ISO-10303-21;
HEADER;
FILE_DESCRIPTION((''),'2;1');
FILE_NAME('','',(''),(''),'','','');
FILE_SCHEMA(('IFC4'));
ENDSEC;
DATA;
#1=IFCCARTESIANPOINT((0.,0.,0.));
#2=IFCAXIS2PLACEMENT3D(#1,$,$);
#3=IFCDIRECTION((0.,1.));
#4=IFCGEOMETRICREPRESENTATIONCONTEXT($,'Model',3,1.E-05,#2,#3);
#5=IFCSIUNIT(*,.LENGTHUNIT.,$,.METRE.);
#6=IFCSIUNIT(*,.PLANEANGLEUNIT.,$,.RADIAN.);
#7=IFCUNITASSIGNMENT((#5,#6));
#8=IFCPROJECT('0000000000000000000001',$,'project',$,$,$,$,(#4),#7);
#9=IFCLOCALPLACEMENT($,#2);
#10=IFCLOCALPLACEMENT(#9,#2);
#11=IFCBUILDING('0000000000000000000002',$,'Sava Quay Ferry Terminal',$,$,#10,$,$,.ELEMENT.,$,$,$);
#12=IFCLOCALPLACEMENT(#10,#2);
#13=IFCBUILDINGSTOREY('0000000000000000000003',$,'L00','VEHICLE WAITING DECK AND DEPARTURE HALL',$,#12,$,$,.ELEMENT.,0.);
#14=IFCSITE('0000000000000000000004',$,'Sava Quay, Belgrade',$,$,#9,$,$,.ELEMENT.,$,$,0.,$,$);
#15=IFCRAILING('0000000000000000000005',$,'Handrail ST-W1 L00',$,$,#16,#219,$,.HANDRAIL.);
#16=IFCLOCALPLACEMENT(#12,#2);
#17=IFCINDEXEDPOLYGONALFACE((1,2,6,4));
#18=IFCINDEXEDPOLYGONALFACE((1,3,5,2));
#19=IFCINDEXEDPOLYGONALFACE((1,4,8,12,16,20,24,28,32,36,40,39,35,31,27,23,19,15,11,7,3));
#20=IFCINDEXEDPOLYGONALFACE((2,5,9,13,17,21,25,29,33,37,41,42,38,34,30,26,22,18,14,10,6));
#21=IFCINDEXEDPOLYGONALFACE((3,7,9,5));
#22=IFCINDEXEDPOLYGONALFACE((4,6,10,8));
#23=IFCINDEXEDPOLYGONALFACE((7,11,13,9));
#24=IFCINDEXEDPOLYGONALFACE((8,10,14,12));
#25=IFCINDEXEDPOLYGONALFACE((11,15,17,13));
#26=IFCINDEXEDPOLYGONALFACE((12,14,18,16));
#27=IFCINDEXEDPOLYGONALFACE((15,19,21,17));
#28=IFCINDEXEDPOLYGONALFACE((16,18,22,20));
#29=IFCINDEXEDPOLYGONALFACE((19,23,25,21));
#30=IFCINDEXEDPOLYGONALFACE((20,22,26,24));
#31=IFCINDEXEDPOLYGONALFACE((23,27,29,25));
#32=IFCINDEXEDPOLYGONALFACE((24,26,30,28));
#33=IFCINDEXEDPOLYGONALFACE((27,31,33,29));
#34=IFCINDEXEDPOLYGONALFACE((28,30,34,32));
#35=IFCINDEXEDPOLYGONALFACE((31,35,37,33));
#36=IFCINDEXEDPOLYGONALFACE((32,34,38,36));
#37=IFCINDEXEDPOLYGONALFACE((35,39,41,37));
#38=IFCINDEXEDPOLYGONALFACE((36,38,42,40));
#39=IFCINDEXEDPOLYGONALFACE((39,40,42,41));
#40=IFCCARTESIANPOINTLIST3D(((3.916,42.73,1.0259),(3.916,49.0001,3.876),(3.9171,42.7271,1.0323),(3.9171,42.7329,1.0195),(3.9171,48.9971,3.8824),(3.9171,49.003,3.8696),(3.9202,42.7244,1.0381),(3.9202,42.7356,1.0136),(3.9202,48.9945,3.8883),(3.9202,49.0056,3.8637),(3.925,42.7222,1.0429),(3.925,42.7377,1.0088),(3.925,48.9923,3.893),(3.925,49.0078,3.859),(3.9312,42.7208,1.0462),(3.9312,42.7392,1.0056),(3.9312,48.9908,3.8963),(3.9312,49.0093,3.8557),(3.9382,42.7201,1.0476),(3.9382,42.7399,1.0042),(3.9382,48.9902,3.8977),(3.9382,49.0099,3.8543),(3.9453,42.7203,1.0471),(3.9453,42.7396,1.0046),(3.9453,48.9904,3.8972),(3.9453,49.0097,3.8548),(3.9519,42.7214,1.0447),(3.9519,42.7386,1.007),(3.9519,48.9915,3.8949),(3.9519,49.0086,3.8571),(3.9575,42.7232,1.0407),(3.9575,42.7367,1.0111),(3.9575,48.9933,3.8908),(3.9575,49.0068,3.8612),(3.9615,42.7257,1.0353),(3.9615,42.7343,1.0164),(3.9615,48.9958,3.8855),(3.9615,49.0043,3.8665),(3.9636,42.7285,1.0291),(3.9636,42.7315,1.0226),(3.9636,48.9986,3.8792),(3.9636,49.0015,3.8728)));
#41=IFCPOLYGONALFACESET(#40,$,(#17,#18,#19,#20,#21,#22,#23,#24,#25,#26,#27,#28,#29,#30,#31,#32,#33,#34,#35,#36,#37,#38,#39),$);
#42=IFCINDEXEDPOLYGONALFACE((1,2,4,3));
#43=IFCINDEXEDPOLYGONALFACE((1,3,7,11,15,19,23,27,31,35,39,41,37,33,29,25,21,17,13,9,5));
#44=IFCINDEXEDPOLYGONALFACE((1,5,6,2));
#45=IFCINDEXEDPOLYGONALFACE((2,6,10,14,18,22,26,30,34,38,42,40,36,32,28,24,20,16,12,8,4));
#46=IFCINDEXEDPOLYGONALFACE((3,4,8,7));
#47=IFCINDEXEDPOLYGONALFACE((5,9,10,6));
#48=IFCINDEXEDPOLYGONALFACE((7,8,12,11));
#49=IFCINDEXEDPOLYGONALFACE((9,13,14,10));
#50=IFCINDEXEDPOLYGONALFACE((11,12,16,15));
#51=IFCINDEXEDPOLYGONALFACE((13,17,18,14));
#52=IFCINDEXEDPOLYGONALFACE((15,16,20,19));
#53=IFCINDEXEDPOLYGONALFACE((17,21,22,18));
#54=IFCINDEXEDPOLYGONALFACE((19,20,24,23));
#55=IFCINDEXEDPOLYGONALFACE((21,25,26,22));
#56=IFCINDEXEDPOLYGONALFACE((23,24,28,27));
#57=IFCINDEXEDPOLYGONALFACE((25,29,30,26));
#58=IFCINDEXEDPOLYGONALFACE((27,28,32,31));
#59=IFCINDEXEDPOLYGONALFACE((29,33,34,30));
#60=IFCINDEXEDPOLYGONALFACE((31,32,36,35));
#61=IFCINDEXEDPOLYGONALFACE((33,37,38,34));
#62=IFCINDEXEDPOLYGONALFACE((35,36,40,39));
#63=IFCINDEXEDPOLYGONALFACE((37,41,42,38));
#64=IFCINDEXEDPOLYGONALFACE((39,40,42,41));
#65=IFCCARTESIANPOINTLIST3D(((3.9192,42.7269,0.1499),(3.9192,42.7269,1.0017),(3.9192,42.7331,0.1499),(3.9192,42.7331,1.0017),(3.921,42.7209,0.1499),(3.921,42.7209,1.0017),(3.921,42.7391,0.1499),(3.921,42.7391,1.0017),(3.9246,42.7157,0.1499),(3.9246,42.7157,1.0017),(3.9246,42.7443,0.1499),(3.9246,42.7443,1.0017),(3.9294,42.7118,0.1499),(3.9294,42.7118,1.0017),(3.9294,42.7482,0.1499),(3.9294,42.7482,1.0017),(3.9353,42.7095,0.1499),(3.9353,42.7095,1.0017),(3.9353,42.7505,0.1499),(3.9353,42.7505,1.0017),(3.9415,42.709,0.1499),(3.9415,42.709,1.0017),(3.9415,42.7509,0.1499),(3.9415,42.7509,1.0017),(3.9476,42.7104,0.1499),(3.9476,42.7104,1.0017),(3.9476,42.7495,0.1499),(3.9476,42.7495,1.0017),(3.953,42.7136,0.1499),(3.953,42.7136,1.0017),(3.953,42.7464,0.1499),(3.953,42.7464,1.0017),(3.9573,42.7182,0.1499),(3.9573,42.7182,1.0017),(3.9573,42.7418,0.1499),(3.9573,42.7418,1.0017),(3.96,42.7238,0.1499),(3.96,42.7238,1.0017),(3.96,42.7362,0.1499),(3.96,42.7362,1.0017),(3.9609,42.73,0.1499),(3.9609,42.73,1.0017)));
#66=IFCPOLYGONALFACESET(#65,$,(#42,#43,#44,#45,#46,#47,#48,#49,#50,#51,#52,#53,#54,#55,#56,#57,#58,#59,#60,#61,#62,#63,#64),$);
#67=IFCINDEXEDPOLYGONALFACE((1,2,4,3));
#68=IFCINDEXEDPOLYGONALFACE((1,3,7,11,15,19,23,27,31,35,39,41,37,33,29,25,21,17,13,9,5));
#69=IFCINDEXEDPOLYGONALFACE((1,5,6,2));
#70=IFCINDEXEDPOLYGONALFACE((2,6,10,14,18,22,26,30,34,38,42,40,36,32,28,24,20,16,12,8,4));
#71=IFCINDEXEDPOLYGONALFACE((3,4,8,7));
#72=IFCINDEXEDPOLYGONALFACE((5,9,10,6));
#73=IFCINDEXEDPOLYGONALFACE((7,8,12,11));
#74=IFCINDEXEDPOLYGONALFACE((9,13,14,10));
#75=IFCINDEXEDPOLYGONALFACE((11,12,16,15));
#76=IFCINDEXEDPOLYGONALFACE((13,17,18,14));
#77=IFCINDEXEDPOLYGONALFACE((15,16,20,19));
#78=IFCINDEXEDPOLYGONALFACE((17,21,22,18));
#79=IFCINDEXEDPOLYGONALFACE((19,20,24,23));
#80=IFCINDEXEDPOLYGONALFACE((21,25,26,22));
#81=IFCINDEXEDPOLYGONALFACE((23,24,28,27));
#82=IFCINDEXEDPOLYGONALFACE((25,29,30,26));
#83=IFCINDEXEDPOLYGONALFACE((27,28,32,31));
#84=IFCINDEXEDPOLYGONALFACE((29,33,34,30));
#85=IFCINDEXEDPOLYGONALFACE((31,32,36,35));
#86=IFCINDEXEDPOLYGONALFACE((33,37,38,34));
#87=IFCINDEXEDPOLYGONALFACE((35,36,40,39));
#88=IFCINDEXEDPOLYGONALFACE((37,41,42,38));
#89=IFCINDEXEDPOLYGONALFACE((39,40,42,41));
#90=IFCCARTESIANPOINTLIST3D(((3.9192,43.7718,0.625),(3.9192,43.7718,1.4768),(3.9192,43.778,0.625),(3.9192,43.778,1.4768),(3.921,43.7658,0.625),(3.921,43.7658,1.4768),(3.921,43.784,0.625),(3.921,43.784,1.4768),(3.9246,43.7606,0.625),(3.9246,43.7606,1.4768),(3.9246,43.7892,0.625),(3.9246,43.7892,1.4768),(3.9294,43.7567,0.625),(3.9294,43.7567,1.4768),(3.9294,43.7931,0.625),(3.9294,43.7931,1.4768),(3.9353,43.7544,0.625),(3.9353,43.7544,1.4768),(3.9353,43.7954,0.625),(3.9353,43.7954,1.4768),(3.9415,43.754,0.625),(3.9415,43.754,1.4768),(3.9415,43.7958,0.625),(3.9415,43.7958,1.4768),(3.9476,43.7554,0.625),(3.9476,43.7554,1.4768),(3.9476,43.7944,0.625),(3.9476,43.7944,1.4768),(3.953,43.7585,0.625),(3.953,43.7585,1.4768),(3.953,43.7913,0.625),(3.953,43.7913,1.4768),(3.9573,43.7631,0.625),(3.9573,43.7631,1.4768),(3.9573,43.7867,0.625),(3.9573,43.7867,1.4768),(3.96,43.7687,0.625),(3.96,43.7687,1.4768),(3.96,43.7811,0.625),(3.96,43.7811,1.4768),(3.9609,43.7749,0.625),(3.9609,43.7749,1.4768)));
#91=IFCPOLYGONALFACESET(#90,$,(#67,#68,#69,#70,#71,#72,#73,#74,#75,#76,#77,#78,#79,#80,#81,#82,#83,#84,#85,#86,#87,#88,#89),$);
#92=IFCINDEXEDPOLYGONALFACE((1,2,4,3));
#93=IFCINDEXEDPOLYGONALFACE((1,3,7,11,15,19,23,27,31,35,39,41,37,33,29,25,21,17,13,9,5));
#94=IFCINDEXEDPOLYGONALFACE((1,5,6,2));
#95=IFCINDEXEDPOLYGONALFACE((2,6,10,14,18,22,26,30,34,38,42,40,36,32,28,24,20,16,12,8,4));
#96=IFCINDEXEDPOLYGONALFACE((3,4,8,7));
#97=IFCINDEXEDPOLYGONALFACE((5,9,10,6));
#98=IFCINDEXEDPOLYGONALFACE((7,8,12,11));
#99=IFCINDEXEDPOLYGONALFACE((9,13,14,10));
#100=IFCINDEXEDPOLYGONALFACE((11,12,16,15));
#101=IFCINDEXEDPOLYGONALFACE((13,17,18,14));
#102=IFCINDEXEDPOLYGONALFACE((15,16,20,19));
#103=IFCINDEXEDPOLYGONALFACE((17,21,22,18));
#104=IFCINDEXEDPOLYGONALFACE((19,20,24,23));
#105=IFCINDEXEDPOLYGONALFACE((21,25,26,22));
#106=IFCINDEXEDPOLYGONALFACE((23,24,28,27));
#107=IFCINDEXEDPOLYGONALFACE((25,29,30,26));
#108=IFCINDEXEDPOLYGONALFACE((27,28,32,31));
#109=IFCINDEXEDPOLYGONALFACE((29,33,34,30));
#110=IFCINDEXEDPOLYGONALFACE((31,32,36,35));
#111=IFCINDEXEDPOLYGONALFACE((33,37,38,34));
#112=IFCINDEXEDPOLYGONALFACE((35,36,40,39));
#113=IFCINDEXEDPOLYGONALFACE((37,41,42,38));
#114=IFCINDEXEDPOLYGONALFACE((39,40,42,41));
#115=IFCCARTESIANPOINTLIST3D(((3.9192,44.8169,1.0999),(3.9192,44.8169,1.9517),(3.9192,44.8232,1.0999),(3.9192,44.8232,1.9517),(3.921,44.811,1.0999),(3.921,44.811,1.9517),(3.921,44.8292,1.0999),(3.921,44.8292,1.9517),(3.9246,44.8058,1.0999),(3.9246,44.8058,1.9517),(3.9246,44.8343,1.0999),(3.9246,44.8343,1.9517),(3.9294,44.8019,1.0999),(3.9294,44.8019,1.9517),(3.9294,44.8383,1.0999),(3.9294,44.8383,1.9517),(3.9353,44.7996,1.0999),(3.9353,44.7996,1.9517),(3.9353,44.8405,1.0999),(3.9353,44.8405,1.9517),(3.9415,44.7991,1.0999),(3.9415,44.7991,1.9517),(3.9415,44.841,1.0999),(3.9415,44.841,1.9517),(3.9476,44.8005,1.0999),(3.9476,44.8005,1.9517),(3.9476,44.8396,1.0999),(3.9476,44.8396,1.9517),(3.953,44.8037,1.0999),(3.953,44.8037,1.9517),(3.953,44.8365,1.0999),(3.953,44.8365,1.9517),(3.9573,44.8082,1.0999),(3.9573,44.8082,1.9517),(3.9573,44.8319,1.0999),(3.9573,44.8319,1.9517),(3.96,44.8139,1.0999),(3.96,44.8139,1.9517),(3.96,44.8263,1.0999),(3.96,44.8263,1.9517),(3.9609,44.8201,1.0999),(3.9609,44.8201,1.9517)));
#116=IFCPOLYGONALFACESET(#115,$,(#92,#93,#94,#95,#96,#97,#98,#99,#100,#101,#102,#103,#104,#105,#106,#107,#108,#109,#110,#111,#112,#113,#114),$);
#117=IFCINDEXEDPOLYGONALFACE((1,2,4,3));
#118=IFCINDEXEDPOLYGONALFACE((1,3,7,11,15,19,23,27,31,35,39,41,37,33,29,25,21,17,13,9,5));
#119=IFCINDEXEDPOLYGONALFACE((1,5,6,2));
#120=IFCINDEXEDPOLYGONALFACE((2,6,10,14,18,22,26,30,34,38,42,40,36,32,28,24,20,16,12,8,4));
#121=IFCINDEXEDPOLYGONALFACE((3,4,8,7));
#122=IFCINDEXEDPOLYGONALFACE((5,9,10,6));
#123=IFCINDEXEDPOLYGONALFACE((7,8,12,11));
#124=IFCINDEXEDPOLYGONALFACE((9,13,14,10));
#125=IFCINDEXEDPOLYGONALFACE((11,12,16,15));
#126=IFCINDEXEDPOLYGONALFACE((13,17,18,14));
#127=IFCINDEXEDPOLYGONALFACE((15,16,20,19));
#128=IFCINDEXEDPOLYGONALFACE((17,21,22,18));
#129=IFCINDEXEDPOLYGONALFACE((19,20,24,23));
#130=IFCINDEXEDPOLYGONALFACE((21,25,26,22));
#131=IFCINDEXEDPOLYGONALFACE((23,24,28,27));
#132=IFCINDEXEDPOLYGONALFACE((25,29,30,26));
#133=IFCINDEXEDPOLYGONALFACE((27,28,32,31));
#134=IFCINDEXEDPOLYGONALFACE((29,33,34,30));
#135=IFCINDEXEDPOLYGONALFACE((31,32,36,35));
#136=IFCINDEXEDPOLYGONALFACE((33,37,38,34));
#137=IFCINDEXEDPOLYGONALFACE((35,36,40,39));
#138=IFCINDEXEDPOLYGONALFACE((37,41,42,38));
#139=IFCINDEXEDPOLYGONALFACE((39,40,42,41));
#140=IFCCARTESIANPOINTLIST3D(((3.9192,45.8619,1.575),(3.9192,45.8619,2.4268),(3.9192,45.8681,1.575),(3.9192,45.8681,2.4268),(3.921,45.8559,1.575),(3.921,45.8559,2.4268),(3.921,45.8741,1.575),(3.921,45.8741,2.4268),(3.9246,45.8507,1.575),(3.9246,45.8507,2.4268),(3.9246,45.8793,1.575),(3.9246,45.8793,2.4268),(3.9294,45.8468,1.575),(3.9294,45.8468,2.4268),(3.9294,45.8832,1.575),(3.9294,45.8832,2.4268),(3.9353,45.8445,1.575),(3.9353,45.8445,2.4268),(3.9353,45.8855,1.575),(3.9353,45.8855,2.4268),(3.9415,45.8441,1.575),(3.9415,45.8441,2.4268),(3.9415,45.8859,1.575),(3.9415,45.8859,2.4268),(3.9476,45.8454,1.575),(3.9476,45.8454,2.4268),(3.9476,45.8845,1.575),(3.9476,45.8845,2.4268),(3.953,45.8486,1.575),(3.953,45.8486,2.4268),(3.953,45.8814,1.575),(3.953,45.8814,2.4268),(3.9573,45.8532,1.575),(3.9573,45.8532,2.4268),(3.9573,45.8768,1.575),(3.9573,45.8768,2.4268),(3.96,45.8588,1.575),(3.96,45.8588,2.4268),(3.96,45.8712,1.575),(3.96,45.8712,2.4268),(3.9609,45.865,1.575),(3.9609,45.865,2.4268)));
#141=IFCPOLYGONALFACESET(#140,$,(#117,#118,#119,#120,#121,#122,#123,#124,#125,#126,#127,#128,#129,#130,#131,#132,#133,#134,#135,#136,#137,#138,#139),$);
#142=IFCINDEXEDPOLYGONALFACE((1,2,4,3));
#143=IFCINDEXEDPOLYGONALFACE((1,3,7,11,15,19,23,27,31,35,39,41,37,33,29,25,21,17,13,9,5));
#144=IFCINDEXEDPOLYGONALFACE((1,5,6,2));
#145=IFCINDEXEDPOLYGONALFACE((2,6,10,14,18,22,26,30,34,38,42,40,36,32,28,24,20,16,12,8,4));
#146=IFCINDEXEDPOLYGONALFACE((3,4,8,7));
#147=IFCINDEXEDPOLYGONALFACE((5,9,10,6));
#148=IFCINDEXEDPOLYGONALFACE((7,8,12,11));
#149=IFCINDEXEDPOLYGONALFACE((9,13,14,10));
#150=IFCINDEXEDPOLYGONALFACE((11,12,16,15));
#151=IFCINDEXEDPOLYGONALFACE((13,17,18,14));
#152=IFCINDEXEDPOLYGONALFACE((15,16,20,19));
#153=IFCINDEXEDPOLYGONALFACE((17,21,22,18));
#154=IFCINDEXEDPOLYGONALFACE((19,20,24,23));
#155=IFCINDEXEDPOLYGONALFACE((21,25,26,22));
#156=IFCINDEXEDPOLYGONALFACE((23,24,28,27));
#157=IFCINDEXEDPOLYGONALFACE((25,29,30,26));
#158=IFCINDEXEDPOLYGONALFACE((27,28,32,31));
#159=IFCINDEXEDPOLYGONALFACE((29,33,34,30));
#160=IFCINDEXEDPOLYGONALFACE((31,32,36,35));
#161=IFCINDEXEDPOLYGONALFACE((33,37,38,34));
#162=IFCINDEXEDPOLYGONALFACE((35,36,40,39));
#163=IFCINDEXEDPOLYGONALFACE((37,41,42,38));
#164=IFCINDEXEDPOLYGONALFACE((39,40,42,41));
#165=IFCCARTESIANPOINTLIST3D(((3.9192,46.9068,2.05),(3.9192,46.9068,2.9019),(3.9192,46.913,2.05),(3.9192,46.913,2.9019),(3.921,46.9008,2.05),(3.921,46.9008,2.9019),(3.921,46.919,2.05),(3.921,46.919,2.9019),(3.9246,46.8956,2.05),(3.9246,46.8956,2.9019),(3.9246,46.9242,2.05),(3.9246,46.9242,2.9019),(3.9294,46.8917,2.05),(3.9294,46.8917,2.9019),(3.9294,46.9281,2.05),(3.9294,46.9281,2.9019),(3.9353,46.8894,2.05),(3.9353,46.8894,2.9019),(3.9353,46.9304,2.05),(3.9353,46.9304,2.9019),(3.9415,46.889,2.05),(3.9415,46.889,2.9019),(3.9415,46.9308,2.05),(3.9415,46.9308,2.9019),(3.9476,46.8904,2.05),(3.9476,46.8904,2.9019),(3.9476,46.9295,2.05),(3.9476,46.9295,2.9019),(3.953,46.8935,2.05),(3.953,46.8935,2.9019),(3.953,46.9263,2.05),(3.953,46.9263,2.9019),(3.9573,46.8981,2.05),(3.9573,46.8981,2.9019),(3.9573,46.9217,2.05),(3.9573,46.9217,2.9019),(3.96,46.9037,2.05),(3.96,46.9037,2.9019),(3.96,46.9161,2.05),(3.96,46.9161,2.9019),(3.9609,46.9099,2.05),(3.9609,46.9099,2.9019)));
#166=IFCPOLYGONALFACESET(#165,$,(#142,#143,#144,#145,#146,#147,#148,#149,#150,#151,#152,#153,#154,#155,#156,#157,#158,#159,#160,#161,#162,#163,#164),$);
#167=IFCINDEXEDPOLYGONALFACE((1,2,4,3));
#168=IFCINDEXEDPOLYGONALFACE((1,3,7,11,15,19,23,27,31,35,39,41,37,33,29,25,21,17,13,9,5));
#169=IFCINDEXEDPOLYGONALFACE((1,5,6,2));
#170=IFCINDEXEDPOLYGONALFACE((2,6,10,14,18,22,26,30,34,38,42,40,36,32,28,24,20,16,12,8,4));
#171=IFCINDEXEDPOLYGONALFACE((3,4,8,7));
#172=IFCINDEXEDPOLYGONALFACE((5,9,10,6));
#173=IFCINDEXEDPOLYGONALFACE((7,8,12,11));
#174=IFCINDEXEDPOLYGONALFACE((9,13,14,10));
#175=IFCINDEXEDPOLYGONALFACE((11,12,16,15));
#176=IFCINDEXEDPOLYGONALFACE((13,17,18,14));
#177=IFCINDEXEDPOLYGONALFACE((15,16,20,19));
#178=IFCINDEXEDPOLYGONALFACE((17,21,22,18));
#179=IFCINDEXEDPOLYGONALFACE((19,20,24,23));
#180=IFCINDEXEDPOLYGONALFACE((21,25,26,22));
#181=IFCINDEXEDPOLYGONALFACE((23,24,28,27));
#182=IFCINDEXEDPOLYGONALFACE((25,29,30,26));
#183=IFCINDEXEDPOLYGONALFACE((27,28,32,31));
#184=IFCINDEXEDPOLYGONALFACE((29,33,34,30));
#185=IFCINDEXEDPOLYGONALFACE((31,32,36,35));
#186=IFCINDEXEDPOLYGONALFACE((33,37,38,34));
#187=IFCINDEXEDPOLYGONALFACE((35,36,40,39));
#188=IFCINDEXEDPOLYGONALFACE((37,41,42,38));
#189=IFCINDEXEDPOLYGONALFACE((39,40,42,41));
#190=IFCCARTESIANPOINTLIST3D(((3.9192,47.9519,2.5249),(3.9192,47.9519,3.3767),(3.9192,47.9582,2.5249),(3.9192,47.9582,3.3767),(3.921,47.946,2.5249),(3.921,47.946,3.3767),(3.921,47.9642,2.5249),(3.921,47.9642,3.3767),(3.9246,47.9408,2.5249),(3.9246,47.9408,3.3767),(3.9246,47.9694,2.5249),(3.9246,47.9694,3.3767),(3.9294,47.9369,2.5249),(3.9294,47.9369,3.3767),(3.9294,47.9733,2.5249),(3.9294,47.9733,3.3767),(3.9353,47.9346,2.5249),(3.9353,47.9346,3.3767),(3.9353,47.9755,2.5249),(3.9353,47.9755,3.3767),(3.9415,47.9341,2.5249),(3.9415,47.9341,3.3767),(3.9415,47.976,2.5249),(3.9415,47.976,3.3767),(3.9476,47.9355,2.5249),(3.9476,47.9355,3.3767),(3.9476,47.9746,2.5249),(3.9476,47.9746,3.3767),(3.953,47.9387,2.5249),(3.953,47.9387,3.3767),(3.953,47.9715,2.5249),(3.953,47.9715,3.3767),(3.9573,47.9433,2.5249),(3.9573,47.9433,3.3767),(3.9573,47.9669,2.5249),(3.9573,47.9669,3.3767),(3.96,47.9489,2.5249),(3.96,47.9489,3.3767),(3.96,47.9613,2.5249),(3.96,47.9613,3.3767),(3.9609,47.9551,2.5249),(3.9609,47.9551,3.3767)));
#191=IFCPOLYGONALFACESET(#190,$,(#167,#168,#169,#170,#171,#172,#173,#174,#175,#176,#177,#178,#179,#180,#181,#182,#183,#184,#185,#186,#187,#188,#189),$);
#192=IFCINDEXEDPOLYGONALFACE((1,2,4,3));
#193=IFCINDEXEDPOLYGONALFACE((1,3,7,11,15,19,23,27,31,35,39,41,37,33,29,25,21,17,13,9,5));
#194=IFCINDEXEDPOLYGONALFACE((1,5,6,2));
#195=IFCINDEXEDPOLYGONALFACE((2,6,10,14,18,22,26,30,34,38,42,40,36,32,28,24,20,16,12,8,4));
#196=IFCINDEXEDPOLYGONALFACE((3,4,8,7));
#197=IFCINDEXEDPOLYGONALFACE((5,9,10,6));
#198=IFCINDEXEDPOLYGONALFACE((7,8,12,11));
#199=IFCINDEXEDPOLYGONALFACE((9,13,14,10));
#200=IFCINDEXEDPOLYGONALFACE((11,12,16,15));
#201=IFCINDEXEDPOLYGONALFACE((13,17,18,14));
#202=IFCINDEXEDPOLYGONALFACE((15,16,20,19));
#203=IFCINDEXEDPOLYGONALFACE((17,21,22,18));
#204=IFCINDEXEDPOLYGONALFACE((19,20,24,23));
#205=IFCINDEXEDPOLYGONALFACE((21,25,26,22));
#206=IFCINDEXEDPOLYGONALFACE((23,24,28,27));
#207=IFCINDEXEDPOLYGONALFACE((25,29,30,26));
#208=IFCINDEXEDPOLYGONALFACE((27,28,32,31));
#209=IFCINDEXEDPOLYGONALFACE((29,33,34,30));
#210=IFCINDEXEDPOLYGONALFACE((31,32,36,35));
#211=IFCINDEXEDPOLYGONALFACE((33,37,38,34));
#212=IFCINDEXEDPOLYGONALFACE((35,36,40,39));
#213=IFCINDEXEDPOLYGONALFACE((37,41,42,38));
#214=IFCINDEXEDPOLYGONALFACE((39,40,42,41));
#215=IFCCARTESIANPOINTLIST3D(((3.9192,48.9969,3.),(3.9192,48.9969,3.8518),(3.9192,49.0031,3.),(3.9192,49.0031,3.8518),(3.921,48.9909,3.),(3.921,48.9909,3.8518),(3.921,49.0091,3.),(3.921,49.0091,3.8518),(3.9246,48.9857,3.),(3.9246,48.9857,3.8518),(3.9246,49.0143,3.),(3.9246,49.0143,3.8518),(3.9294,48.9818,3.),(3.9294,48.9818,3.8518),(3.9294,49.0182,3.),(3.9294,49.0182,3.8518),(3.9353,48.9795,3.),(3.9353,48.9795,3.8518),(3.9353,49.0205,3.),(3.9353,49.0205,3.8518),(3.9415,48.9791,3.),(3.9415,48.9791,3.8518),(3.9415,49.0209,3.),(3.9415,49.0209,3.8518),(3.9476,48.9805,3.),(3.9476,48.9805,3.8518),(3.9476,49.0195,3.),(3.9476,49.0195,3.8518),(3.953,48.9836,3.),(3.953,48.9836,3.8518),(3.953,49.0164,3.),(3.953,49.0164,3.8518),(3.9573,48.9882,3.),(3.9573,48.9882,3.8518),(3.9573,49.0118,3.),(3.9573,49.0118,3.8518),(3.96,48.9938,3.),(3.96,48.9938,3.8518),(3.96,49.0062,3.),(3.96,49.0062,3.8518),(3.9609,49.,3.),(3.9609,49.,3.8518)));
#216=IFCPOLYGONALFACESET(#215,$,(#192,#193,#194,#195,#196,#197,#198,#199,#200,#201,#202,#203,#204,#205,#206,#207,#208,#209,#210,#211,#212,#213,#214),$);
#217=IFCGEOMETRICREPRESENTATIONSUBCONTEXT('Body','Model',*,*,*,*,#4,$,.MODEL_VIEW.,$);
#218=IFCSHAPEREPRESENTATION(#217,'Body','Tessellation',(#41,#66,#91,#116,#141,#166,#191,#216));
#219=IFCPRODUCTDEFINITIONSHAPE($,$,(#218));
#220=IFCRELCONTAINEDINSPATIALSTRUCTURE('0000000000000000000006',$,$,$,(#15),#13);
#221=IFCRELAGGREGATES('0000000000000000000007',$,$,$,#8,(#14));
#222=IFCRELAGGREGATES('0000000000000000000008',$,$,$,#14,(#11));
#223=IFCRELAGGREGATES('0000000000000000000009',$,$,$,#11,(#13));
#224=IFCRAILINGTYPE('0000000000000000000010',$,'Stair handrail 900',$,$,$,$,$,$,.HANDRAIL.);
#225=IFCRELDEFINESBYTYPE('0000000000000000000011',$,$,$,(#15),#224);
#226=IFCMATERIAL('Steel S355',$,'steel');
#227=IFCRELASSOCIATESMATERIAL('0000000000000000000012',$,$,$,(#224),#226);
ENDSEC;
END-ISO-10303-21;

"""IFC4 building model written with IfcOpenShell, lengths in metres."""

from ifc_helpers import new_model, si_unit, direction, frame, origin, origin_2d, place, context, subcontext, project, spatial, circle, extrude, material, type_object, element, save


model = new_model("IFC4")

# Units and contexts
model_context = context("Model", 3, precision=1e-05, world=origin(), true_north=direction((0.0, 1.0)))
body_context = subcontext(model_context, "Body", "Model", "MODEL_VIEW")
ifc_project = project(units=[si_unit("LENGTHUNIT", "METRE"), si_unit("PLANEANGLEUNIT", "RADIAN")], contexts=[model_context])

# Site, building, storey
site_placement = place(None, origin())
site = spatial("IfcSite", under=ifc_project, at=site_placement, Name="Sava Quay, Belgrade", CompositionType="ELEMENT", RefElevation=0.0)
building_placement = place(site_placement, origin())
building = spatial("IfcBuilding", under=site, at=building_placement, Name="Sava Quay Ferry Terminal", CompositionType="ELEMENT")
storey_placement = place(building_placement, origin())
storey = spatial("IfcBuildingStorey", under=building, at=storey_placement, Name="L00", Description="VEHICLE WAITING DECK AND DEPARTURE HALL", CompositionType="ELEMENT", Elevation=0.0)

# Railing
ifc_material_1 = material(Name="Steel S355", Category="steel")
railing_type_1 = type_object("IfcRailingType", Name="Stair handrail 900", PredefinedType="HANDRAIL", material=ifc_material_1)
railing_1_placement = place(storey_placement, frame((3.9399, 42.73, 0.1499)))
element("IfcRailing", 1, at=railing_1_placement, inside=storey, type_object=railing_type_1, Name="Handrail ST-W1 L00", PredefinedType="HANDRAIL", context=body_context, shape_type="SweptSolid", body=[
    extrude(circle(Radius=0.0239, at=origin_2d()), frame((0.0, 0.0, 0.876), z_axis=(0.0, 0.910362, 0.413814), x_axis=(-1.0, 0.0, 0.0)), (0.0, 0.0, 1.0), 6.8875),
    extrude(circle(Radius=0.021, at=origin_2d()), origin(), (0.0, 0.0, 1.0), 0.8518),
    extrude(circle(Radius=0.021, at=origin_2d()), frame((0.0, 1.0449, 0.4751)), (0.0, 0.0, 1.0), 0.8518),
    extrude(circle(Radius=0.021, at=origin_2d()), frame((0.0, 2.0901, 0.95)), (0.0, 0.0, 1.0), 0.8518),
    extrude(circle(Radius=0.021, at=origin_2d()), frame((0.0, 3.135, 1.425)), (0.0, 0.0, 1.0), 0.8518),
    extrude(circle(Radius=0.021, at=origin_2d()), frame((0.0, 4.1799, 1.9001)), (0.0, 0.0, 1.0), 0.8518),
    extrude(circle(Radius=0.021, at=origin_2d()), frame((0.0, 5.2251, 2.375)), (0.0, 0.0, 1.0), 0.8518),
    extrude(circle(Radius=0.021, at=origin_2d()), frame((0.0, 6.27, 2.8501)), (0.0, 0.0, 1.0), 0.8518),
])

save(model, "model.ifc")
